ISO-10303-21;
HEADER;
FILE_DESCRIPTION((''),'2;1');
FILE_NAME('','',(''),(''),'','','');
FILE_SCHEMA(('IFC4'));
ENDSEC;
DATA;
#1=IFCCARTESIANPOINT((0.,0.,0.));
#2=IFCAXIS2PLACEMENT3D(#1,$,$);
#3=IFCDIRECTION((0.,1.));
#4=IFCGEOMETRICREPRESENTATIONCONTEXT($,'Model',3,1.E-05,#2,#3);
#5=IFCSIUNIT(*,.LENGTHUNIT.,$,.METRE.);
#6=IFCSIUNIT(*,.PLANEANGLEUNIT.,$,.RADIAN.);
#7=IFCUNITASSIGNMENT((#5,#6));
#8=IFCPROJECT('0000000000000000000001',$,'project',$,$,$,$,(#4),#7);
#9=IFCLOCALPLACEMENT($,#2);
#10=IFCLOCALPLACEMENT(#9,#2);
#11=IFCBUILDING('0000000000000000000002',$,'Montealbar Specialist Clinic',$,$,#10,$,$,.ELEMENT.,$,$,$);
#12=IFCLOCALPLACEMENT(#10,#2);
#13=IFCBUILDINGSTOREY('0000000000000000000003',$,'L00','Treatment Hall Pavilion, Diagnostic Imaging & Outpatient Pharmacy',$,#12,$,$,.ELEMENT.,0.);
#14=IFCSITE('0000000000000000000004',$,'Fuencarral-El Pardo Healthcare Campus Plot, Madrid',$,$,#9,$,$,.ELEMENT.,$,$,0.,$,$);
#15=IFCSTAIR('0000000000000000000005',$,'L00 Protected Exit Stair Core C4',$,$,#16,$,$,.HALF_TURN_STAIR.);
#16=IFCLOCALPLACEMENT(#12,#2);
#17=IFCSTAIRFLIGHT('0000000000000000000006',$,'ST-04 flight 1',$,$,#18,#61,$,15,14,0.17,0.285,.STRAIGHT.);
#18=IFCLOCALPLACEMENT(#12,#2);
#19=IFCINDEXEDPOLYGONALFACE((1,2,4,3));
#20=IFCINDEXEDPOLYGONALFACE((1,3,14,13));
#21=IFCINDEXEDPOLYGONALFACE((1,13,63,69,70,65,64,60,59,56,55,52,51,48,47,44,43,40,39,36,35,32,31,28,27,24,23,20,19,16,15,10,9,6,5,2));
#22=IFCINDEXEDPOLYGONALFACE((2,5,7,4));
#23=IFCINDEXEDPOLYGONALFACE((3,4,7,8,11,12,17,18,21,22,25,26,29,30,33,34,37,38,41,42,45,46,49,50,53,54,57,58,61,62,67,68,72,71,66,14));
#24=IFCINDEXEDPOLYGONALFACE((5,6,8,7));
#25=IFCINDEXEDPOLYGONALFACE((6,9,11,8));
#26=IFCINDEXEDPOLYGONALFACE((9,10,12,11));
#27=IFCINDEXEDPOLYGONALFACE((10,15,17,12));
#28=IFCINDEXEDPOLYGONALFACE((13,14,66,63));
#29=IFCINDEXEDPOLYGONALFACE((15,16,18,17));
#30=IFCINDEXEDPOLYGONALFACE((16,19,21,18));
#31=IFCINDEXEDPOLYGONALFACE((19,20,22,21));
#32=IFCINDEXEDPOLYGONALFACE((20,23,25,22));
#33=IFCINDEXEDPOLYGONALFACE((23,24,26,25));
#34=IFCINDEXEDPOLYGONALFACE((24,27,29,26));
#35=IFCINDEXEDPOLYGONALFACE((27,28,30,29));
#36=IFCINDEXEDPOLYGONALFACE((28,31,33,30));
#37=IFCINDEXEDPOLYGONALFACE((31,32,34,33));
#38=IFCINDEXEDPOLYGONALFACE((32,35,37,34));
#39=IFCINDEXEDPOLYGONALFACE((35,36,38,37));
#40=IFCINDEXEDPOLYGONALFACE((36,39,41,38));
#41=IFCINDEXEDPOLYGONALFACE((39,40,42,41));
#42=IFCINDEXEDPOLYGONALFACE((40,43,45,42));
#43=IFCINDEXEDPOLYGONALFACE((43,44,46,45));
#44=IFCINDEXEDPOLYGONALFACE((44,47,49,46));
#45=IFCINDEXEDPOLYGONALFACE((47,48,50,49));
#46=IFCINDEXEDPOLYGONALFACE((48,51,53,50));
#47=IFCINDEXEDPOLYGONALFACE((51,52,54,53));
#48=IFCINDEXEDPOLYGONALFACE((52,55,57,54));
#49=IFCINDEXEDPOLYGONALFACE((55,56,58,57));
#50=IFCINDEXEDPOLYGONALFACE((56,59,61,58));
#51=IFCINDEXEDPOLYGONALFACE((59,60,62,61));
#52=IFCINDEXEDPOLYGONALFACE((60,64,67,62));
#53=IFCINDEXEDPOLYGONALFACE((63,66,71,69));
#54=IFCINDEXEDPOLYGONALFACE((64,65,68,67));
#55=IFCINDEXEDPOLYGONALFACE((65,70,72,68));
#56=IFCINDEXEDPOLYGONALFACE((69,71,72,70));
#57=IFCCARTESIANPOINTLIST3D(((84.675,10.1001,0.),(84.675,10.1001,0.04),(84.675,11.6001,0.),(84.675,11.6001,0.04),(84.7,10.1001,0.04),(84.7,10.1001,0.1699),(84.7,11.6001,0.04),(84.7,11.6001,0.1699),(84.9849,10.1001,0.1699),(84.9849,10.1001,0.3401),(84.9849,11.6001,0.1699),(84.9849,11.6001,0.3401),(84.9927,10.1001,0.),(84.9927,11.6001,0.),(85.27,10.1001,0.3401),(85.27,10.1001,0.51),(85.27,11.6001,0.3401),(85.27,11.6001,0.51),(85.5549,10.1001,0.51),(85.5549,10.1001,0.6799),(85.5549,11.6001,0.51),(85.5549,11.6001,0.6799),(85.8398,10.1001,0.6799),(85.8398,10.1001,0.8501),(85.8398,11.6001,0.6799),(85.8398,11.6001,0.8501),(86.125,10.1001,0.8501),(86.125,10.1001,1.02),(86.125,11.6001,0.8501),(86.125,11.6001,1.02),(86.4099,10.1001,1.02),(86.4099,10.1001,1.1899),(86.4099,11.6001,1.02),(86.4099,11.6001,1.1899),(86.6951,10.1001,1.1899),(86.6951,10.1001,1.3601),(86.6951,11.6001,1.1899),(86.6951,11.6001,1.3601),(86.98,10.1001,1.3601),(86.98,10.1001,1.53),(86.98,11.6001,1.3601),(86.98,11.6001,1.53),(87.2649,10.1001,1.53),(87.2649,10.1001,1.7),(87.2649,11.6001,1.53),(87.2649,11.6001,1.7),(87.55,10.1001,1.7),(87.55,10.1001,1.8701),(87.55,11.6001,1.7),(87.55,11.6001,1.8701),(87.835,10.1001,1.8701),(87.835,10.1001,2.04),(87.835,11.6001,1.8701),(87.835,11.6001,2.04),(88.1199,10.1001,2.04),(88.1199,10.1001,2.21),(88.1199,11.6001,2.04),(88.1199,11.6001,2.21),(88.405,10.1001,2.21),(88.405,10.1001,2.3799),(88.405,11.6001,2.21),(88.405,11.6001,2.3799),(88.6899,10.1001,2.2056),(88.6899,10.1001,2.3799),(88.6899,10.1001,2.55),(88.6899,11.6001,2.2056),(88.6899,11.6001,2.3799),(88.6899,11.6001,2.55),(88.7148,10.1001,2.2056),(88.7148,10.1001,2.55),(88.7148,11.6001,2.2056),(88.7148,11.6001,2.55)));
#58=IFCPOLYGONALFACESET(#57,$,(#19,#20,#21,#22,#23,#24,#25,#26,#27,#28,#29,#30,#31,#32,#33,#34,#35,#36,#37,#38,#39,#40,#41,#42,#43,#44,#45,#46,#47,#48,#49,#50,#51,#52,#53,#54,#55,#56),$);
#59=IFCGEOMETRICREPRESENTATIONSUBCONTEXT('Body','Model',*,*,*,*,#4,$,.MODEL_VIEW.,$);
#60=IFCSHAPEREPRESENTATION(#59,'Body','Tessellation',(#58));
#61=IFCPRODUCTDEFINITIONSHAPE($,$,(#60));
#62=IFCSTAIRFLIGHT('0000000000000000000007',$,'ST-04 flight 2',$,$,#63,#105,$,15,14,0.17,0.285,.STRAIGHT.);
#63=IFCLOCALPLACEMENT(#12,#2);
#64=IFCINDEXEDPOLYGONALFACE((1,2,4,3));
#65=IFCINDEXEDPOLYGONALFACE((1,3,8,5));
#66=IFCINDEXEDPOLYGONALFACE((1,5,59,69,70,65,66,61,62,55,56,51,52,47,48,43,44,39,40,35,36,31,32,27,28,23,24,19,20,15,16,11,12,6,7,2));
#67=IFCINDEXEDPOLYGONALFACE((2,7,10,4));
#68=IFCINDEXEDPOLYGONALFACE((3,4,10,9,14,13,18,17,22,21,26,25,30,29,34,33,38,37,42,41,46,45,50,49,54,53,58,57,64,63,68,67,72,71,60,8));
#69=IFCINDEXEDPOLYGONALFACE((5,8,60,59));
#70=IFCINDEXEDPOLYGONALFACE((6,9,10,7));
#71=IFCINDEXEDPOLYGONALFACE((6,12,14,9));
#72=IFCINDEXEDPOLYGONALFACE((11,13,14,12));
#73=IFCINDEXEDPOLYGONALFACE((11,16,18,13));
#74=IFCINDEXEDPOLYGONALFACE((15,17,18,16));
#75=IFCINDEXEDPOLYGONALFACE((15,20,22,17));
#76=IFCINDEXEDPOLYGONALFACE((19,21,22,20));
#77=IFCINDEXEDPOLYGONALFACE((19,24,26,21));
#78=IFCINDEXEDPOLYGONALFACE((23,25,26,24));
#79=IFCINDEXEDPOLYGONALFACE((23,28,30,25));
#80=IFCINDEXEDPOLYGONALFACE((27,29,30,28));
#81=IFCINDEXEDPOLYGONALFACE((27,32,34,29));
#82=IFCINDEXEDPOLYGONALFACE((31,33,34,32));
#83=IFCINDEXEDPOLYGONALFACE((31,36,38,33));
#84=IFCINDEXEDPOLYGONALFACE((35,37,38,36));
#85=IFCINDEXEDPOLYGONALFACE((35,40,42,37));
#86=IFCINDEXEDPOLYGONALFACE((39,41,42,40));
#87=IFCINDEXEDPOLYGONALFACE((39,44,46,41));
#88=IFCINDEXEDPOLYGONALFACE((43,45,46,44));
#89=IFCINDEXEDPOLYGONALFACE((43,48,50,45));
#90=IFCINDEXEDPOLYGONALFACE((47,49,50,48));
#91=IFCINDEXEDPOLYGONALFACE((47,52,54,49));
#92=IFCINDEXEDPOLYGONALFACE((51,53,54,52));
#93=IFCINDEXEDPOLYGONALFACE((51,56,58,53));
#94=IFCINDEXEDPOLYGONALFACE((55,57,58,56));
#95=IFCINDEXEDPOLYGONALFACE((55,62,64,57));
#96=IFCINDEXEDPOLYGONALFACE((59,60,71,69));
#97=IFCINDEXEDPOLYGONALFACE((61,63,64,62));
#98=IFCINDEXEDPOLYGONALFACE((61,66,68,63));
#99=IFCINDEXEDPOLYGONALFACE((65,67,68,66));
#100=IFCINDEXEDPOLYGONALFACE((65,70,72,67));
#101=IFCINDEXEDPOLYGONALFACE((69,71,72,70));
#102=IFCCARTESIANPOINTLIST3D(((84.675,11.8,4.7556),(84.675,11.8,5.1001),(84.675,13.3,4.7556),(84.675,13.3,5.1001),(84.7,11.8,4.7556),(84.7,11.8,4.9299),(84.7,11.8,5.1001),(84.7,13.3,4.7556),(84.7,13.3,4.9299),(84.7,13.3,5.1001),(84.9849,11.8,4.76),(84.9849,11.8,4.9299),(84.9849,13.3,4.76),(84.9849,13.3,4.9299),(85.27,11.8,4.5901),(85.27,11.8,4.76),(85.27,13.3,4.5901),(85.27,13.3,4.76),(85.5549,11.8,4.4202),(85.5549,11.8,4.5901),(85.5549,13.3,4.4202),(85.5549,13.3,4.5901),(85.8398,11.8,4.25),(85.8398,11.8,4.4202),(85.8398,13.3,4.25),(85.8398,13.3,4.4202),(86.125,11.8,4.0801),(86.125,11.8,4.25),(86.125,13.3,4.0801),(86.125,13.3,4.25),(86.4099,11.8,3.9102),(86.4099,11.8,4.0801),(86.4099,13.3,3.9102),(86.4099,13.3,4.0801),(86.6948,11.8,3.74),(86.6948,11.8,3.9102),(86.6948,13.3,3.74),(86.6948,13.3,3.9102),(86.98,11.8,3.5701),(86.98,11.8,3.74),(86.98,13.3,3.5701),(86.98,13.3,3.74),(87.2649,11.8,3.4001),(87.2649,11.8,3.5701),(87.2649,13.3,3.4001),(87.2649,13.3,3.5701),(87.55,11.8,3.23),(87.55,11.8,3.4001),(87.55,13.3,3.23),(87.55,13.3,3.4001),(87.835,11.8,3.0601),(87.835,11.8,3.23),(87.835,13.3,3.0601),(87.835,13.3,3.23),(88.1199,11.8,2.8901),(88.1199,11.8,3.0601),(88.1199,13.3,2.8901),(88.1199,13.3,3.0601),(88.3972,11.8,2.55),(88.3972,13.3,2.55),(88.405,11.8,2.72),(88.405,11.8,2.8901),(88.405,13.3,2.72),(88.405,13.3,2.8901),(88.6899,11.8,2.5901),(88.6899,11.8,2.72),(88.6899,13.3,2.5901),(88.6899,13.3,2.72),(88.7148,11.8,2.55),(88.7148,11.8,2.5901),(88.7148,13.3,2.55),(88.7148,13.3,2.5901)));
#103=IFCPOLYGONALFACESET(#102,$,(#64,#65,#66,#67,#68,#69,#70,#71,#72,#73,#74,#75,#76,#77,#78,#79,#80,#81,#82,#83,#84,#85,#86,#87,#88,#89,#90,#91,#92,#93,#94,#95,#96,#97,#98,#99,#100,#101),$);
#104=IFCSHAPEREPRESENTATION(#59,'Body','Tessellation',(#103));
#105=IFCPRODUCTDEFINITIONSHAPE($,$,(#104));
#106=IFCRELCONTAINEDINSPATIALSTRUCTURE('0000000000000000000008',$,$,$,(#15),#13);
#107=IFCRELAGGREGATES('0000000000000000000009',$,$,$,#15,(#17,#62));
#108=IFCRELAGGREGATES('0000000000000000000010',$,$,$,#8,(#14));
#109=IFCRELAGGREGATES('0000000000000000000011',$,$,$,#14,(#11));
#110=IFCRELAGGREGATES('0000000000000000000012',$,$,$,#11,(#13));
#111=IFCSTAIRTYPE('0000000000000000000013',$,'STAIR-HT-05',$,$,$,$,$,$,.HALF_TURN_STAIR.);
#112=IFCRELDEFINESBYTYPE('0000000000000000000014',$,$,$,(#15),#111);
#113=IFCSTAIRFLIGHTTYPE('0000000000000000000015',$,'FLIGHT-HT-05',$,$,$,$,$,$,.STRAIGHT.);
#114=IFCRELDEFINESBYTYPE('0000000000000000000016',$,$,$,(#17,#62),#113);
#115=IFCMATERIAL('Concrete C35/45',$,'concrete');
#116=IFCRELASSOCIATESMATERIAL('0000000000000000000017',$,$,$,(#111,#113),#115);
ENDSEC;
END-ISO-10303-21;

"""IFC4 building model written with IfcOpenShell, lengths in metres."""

from ifc_helpers import new_model, si_unit, direction, frame, origin, place, context, subcontext, project, spatial, polyline, outline, extrude, material, type_object, element, aggregate, save


model = new_model("IFC4")

# Units and contexts
model_context = context("Model", 3, precision=1e-05, world=origin(), true_north=direction((0.0, 1.0)))
body_context = subcontext(model_context, "Body", "Model", "MODEL_VIEW")
ifc_project = project(units=[si_unit("LENGTHUNIT", "METRE"), si_unit("PLANEANGLEUNIT", "RADIAN")], contexts=[model_context])

# Site, building, storey
site_placement = place(None, origin())
site = spatial("IfcSite", under=ifc_project, at=site_placement, Name="Fuencarral-El Pardo Healthcare Campus Plot, Madrid", CompositionType="ELEMENT", RefElevation=0.0)
building_placement = place(site_placement, origin())
building = spatial("IfcBuilding", under=site, at=building_placement, Name="Montealbar Specialist Clinic", CompositionType="ELEMENT")
storey_placement = place(building_placement, origin())
storey = spatial("IfcBuildingStorey", under=building, at=storey_placement, Name="L00", Description="Treatment Hall Pavilion, Diagnostic Imaging & Outpatient Pharmacy", CompositionType="ELEMENT", Elevation=0.0)

# Shared definitions
ifc_material_1 = material(Name="Concrete C35/45", Category="concrete")

# Stair, stair flights
stair_type = type_object("IfcStairType", Name="STAIR-HT-05", PredefinedType="HALF_TURN_STAIR", material=ifc_material_1)
stair_placement = place(storey_placement, origin())
stair = element("IfcStair", 1, at=stair_placement, inside=storey, type_object=stair_type, Name="L00 Protected Exit Stair Core C4", PredefinedType="HALF_TURN_STAIR")
stair_flight_type = type_object("IfcStairFlightType", Name="FLIGHT-HT-05", PredefinedType="STRAIGHT", material=ifc_material_1)
stair_flight_1_placement = place(storey_placement, frame((84.7, 10.8501, 0.0), z_axis=(0.0, 0.0, 1.0), x_axis=(1.0, 0.0, 0.0)))
stair_flight_1 = element("IfcStairFlight", 2, at=stair_flight_1_placement, type_object=stair_flight_type, Name="ST-04 flight 1", NumberOfRisers=15, NumberOfTreads=14, PredefinedType="STRAIGHT", RiserHeight=0.17, TreadLength=0.285, context=body_context, shape_type="SweptSolid", body=[
    extrude(outline(polyline([(-0.0249, 0.0), (-0.0249, 0.04), (0.0, 0.04), (0.0, 0.1699), (0.2849, 0.1699), (0.2849, 0.3401), (0.5701, 0.3401), (0.5701, 0.51), (0.855, 0.51), (0.855, 0.6799), (1.1399, 0.6799), (1.1399, 0.8501), (1.425, 0.8501), (1.425, 1.02), (1.71, 1.02), (1.71, 1.1899), (1.9951, 1.1899), (1.9951, 1.3601), (2.28, 1.3601), (2.28, 1.53), (2.5649, 1.53), (2.5649, 1.7), (2.8501, 1.7), (2.8501, 1.8701), (3.135, 1.8701), (3.135, 2.04), (3.4199, 2.04), (3.4199, 2.21), (3.7051, 2.21), (3.7051, 2.3799), (3.99, 2.3799), (3.99, 2.55), (4.0149, 2.55), (4.0149, 2.2056), (3.99, 2.2056), (0.2927, 0.0), (-0.0249, 0.0)])), frame((0.0, 0.75, 0.0), z_axis=(0.0, -1.0, 0.0), x_axis=(1.0, 0.0, 0.0)), (0.0, 0.0, 1.0), 1.5),
])
stair_flight_2_placement = place(storey_placement, frame((88.6899, 12.55, 2.55), z_axis=(0.0, 0.0, 1.0), x_axis=(-1.0, 0.0, 0.0)))
stair_flight_2 = element("IfcStairFlight", 3, at=stair_flight_2_placement, type_object=stair_flight_type, Name="ST-04 flight 2", NumberOfRisers=15, NumberOfTreads=14, PredefinedType="STRAIGHT", RiserHeight=0.17, TreadLength=0.285, context=body_context, shape_type="SweptSolid", body=[
    extrude(outline(polyline([(-0.0249, 0.0), (-0.0249, 0.04), (0.0, 0.04), (0.0, 0.1699), (0.2849, 0.1699), (0.2849, 0.3401), (0.5701, 0.3401), (0.5701, 0.51), (0.855, 0.51), (0.855, 0.6799), (1.1399, 0.6799), (1.1399, 0.8501), (1.425, 0.8501), (1.425, 1.02), (1.71, 1.02), (1.71, 1.1899), (1.9951, 1.1899), (1.9951, 1.3601), (2.28, 1.3601), (2.28, 1.53), (2.5649, 1.53), (2.5649, 1.7), (2.8501, 1.7), (2.8501, 1.8701), (3.135, 1.8701), (3.135, 2.04), (3.4199, 2.04), (3.4199, 2.21), (3.7051, 2.21), (3.7051, 2.3799), (3.99, 2.3799), (3.99, 2.55), (4.0149, 2.55), (4.0149, 2.2056), (3.99, 2.2056), (0.2927, 0.0), (-0.0249, 0.0)])), frame((0.0, 0.75, 0.0), z_axis=(0.0, -1.0, 0.0), x_axis=(1.0, 0.0, 0.0)), (0.0, 0.0, 1.0), 1.5),
])
aggregate(stair, [stair_flight_1, stair_flight_2])

save(model, "model.ifc")
